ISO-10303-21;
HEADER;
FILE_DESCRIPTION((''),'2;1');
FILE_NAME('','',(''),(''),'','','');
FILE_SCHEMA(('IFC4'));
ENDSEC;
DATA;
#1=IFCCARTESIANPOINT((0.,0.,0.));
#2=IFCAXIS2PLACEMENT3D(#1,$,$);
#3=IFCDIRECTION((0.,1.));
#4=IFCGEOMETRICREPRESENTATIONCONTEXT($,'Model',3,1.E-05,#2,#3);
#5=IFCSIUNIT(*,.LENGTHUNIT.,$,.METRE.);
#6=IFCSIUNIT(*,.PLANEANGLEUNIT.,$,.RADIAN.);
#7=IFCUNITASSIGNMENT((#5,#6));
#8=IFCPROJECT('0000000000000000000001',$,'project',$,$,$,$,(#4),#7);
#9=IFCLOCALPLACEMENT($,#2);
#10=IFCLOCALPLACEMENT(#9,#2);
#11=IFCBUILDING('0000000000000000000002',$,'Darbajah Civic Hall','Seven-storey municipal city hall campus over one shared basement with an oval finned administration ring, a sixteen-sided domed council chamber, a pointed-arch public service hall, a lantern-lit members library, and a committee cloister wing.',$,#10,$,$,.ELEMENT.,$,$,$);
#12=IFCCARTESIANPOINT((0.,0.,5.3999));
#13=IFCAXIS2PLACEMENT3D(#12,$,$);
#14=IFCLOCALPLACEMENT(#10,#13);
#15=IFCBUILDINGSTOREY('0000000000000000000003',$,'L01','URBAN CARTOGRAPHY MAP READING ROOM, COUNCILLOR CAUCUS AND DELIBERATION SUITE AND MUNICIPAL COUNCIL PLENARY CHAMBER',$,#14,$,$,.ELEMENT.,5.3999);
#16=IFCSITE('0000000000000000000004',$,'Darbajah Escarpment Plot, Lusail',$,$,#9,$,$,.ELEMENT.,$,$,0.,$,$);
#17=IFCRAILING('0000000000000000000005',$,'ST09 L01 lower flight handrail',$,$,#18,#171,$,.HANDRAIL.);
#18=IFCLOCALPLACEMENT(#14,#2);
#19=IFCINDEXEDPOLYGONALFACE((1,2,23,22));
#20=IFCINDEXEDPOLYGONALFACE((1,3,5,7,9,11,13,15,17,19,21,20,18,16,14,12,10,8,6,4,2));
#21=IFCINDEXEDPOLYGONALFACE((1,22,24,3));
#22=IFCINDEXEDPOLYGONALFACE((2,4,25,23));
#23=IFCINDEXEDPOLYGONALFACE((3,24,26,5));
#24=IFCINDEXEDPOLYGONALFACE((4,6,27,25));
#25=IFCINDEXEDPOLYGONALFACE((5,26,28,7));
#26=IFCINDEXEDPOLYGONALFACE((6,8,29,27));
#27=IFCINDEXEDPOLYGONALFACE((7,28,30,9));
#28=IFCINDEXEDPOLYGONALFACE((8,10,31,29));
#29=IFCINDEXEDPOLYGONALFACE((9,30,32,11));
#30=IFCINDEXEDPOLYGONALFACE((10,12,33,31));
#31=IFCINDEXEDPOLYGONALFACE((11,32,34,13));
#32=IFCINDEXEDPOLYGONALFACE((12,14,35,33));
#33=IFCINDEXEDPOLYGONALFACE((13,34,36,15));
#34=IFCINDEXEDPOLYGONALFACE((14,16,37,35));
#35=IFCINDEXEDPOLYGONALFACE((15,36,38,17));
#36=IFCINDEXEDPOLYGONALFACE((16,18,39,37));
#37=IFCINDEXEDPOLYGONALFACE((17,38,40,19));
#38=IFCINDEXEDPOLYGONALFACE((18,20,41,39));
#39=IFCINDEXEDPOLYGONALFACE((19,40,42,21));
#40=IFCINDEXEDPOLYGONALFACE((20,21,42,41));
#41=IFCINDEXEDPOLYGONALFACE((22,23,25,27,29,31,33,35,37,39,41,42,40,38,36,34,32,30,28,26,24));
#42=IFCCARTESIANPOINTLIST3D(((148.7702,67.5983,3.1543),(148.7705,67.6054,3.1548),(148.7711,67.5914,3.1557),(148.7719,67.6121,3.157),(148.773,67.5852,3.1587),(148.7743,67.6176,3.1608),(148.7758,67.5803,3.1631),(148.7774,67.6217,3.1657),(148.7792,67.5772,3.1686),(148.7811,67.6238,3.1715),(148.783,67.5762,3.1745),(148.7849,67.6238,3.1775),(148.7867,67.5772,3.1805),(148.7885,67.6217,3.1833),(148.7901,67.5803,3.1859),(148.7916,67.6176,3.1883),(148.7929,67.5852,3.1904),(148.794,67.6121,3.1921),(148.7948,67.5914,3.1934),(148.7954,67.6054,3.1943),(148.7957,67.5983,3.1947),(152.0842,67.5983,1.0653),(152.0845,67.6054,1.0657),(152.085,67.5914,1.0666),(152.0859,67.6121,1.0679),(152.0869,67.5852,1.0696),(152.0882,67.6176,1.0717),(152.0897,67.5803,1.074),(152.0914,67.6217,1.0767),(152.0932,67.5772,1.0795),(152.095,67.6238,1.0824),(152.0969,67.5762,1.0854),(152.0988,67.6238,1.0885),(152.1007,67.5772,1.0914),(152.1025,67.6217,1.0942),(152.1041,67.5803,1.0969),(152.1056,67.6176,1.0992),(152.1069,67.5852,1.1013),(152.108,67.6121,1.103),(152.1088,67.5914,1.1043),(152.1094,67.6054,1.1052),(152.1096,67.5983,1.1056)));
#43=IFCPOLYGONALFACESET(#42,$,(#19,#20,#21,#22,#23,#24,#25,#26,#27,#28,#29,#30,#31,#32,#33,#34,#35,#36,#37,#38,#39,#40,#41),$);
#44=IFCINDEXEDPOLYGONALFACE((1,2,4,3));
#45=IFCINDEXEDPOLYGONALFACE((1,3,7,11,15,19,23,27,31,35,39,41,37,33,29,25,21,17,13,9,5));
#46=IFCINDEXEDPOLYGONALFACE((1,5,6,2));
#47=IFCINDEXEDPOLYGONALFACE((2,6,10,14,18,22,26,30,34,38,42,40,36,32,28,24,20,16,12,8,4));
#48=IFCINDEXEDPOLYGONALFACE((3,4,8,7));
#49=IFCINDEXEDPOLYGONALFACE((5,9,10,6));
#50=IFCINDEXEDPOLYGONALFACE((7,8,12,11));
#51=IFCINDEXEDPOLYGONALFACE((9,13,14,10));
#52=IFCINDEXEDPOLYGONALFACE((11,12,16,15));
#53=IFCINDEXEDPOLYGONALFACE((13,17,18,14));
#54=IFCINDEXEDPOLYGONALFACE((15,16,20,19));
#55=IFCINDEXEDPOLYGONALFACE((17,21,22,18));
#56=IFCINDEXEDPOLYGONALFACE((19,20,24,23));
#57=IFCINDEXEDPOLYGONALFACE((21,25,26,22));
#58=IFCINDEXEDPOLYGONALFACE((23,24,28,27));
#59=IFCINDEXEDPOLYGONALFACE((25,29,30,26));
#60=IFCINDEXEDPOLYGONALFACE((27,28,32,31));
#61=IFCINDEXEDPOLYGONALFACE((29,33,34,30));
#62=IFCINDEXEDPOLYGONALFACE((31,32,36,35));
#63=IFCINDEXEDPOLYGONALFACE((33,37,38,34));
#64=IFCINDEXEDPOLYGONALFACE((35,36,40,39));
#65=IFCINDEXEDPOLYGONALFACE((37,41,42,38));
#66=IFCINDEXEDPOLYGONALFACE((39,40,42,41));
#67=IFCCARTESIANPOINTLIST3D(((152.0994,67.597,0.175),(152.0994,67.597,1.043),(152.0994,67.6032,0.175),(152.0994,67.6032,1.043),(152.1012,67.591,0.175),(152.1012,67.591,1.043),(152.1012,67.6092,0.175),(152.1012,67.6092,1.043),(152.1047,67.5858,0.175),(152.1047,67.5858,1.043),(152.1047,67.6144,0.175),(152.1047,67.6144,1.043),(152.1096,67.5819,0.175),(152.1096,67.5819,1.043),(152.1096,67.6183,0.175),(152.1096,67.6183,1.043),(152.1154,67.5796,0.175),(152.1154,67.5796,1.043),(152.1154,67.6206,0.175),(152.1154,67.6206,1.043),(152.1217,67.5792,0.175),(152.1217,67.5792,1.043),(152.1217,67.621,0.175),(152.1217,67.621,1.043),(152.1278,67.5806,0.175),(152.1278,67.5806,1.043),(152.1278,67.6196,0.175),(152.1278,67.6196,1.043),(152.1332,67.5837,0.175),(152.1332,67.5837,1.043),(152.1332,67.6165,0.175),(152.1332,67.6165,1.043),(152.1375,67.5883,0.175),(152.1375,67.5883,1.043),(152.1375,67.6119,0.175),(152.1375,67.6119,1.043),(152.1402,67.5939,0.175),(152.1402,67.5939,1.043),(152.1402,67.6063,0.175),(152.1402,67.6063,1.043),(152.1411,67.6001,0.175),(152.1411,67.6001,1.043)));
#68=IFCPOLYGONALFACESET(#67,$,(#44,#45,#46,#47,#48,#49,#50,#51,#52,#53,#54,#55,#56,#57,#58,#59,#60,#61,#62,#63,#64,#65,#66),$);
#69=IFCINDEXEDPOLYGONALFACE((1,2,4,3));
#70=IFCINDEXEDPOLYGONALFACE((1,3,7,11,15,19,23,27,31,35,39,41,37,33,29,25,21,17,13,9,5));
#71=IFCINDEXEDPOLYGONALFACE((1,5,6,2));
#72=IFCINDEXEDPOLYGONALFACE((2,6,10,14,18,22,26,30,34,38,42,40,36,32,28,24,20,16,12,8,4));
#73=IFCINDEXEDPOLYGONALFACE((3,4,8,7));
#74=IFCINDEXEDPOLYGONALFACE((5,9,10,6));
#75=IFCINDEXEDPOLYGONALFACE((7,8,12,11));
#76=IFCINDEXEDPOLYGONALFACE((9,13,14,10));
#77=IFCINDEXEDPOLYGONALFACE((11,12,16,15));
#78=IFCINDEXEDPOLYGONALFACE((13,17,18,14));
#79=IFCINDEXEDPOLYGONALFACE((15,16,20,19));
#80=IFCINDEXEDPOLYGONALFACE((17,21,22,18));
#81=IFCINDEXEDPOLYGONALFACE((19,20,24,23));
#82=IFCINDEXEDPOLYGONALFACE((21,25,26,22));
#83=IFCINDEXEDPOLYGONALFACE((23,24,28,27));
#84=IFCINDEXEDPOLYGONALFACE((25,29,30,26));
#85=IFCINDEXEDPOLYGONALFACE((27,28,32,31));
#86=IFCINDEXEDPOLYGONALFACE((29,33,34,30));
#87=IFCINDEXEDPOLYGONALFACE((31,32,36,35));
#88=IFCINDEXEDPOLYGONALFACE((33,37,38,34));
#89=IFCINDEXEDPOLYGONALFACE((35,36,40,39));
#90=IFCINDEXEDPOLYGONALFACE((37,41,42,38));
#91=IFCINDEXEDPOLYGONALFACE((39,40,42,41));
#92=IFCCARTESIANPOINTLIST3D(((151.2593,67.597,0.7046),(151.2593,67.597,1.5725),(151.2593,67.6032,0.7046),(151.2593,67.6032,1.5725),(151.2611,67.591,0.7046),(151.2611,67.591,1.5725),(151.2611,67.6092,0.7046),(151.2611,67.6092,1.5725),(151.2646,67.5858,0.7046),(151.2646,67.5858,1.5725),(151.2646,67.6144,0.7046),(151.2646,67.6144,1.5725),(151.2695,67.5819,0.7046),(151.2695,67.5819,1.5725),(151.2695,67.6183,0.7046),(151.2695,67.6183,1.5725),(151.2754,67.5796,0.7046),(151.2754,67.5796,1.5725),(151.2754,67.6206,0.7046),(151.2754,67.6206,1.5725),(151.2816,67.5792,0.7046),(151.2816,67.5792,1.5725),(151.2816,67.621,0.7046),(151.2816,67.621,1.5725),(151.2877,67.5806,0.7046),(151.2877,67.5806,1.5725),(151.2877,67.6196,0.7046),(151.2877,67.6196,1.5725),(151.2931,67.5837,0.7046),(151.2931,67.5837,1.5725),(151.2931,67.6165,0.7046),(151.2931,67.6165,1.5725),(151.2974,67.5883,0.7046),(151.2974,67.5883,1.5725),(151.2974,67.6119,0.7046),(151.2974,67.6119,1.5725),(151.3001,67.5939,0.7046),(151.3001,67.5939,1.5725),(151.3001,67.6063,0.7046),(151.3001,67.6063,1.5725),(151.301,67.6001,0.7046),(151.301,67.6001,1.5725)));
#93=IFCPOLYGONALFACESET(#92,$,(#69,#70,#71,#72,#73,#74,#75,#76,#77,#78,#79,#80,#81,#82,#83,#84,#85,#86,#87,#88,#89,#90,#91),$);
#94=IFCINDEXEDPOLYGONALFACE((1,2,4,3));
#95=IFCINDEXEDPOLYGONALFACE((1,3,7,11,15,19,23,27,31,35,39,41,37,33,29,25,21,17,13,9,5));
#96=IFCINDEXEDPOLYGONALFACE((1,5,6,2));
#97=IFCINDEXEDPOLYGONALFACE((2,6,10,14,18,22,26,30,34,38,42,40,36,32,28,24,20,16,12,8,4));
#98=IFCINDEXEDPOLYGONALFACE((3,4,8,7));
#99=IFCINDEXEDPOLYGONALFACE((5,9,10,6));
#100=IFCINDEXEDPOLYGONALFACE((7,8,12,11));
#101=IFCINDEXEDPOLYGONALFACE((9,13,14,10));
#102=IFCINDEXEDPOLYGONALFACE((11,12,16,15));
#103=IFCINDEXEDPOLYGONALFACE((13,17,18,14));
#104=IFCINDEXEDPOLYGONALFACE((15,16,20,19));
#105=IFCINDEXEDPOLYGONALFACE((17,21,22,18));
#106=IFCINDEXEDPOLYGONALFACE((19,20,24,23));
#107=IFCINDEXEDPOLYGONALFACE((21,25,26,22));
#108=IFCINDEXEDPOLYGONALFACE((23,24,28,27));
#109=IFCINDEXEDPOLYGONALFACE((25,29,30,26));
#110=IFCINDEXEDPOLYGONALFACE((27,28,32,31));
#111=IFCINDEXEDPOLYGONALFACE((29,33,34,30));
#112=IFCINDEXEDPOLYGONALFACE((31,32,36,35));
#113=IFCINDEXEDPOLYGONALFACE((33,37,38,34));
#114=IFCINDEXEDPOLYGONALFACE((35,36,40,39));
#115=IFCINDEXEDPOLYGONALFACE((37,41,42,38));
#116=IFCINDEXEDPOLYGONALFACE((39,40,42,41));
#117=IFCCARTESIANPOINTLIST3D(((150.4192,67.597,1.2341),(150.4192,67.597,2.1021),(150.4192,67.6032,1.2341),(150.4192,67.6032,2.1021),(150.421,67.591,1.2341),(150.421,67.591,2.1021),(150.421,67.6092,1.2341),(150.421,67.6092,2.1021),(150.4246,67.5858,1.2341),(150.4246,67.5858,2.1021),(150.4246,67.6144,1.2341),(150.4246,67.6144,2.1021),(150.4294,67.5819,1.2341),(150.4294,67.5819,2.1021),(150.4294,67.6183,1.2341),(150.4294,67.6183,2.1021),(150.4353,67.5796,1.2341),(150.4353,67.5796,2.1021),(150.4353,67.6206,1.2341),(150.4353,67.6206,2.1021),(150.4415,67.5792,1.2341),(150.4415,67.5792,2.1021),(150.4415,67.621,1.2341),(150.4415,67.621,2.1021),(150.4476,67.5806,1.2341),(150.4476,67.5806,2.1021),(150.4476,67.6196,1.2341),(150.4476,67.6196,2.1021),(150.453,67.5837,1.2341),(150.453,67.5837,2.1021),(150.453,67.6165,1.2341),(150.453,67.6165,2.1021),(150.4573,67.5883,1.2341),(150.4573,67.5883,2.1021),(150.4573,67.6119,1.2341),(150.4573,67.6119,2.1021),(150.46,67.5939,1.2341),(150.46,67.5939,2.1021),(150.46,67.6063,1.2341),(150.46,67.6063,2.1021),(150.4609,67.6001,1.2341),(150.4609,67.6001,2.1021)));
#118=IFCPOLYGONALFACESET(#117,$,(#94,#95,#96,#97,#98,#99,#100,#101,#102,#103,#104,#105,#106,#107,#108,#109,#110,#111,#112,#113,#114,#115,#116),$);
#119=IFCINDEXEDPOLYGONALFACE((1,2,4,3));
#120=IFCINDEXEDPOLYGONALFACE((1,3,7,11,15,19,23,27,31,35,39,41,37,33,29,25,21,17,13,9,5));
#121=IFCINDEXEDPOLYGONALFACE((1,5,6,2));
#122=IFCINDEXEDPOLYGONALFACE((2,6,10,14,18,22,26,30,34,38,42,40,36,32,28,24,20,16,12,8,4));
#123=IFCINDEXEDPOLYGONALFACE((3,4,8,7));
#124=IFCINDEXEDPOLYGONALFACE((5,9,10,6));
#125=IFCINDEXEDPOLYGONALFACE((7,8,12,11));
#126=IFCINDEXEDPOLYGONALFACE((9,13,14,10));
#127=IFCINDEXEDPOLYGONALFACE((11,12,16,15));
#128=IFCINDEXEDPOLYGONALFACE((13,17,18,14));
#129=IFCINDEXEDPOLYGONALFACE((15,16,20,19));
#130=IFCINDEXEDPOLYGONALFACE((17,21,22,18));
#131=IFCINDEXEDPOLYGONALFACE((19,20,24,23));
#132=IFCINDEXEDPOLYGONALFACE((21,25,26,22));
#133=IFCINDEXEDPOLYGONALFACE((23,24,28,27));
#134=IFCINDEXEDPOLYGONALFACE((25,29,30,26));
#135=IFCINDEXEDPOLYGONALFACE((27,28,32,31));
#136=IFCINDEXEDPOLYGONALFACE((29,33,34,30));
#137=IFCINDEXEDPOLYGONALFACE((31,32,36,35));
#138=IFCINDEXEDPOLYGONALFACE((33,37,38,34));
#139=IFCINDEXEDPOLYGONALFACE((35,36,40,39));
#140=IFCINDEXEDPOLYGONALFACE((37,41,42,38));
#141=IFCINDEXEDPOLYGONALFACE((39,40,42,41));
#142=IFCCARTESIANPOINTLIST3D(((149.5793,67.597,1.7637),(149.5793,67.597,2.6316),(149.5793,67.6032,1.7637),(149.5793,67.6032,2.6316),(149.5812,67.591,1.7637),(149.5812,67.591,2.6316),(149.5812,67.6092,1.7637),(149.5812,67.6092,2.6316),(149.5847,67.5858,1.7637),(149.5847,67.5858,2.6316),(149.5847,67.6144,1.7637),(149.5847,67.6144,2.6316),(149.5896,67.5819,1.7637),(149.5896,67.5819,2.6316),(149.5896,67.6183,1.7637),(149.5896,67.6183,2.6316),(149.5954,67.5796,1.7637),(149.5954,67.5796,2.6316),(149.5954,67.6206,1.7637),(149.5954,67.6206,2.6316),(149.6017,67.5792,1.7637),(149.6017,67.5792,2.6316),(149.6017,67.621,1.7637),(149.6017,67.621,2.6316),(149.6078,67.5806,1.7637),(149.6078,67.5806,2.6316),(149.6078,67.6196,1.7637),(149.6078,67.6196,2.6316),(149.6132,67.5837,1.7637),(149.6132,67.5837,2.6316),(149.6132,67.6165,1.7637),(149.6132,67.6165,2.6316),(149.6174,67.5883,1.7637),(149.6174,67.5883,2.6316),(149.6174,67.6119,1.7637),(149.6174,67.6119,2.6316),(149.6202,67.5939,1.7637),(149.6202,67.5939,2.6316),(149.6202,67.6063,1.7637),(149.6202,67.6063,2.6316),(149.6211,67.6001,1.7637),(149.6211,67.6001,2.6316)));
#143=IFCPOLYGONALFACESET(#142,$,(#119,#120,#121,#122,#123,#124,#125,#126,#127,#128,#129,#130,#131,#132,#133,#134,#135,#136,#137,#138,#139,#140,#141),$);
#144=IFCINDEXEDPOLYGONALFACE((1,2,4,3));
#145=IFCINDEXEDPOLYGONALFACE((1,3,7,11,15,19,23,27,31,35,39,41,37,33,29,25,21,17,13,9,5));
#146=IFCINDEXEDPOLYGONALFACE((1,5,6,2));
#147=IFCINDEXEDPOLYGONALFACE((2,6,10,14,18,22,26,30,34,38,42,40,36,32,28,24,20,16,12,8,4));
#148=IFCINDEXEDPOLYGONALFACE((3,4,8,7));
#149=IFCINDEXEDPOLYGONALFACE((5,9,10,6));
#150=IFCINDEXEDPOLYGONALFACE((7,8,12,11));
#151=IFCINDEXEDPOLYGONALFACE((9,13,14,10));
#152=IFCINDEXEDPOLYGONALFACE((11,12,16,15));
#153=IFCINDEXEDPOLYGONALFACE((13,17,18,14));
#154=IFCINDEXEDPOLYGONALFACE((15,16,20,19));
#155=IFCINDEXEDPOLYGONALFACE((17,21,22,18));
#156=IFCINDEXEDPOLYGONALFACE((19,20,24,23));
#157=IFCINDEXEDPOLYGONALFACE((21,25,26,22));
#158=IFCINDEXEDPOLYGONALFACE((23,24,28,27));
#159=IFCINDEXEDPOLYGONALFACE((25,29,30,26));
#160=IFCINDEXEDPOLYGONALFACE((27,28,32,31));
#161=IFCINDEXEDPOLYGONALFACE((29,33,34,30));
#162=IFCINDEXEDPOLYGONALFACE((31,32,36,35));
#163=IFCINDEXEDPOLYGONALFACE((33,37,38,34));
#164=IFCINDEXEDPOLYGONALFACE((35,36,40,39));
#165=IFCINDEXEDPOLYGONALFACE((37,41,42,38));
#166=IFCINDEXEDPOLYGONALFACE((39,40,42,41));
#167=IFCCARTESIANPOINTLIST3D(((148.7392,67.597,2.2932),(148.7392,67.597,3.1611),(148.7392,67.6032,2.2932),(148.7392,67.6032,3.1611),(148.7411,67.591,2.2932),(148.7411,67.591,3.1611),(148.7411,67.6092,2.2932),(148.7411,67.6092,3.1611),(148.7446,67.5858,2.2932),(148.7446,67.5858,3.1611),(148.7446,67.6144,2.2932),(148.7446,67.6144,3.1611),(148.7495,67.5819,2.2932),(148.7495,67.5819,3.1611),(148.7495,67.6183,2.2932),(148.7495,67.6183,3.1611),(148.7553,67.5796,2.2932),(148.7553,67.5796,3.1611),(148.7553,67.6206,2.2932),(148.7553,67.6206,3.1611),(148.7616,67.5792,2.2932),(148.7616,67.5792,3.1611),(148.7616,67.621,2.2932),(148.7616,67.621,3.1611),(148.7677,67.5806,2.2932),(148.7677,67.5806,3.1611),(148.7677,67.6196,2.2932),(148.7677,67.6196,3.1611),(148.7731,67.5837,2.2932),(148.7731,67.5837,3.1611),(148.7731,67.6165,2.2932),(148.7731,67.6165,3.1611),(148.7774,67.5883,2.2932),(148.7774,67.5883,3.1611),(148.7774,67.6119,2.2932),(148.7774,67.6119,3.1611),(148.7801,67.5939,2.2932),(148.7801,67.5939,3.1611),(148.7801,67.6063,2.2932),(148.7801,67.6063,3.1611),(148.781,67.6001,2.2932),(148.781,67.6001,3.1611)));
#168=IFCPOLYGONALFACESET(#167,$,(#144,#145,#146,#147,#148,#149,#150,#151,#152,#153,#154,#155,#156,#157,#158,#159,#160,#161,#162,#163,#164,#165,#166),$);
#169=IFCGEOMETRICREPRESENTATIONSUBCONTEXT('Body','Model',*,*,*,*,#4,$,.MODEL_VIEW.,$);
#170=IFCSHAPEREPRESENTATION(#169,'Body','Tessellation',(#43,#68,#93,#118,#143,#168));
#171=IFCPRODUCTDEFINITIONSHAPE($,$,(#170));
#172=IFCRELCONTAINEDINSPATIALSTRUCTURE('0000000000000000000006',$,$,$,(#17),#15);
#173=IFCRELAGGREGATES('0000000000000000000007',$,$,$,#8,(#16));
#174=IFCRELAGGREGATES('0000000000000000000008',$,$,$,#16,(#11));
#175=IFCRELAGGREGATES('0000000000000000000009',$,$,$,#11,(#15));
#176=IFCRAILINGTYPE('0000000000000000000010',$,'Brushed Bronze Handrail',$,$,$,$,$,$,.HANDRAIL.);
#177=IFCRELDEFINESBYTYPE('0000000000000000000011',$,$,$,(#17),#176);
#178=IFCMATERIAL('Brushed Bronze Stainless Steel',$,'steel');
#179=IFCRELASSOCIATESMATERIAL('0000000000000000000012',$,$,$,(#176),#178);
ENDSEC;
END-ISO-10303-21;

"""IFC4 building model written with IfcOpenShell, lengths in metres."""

from ifc_helpers import new_model, si_unit, direction, frame, origin, origin_2d, place, context, subcontext, project, spatial, circle, extrude, material, type_object, element, save


model = new_model("IFC4")

# Units and contexts
model_context = context("Model", 3, precision=1e-05, world=origin(), true_north=direction((0.0, 1.0)))
body_context = subcontext(model_context, "Body", "Model", "MODEL_VIEW")
ifc_project = project(units=[si_unit("LENGTHUNIT", "METRE"), si_unit("PLANEANGLEUNIT", "RADIAN")], contexts=[model_context])

# Site, building, storey
site_placement = place(None, origin())
site = spatial("IfcSite", under=ifc_project, at=site_placement, Name="Darbajah Escarpment Plot, Lusail", CompositionType="ELEMENT", RefElevation=0.0)
building_placement = place(site_placement, origin())
building = spatial("IfcBuilding", under=site, at=building_placement, Name="Darbajah Civic Hall", Description="Seven-storey municipal city hall campus over one shared basement with an oval finned administration ring, a sixteen-sided domed council chamber, a pointed-arch public service hall, a lantern-lit members library, and a committee cloister wing.", CompositionType="ELEMENT")
storey_placement = place(building_placement, frame((0.0, 0.0, 5.3999)))
storey = spatial("IfcBuildingStorey", under=building, at=storey_placement, Name="L01", Description="URBAN CARTOGRAPHY MAP READING ROOM, COUNCILLOR CAUCUS AND DELIBERATION SUITE AND MUNICIPAL COUNCIL PLENARY CHAMBER", CompositionType="ELEMENT", Elevation=5.3999)

# Railing
ifc_material_1 = material(Name="Brushed Bronze Stainless Steel", Category="steel")
railing_type_1 = type_object("IfcRailingType", Name="Brushed Bronze Handrail", PredefinedType="HANDRAIL", material=ifc_material_1)
railing_1_placement = place(storey_placement, frame((152.1201, 67.6001, 0.175)))
element("IfcRailing", 1, at=railing_1_placement, inside=storey, type_object=railing_type_1, Name="ST09 L01 lower flight handrail", PredefinedType="HANDRAIL", context=body_context, shape_type="SweptSolid", body=[
    extrude(circle(Radius=0.0239, at=origin_2d()), frame((-0.0232, 0.0, 0.9104), z_axis=(-0.845944, 0.0, 0.533271), x_axis=(0.0, -1.0, 0.0)), (0.0, 0.0, 1.0), 3.9175),
    extrude(circle(Radius=0.021, at=origin_2d()), origin(), (0.0, 0.0, 1.0), 0.8679),
    extrude(circle(Radius=0.021, at=origin_2d()), frame((-0.8401, 0.0, 0.5295)), (0.0, 0.0, 1.0), 0.8679),
    extrude(circle(Radius=0.021, at=origin_2d()), frame((-1.6802, 0.0, 1.0591)), (0.0, 0.0, 1.0), 0.8679),
    extrude(circle(Radius=0.021, at=origin_2d()), frame((-2.52, 0.0, 1.5886)), (0.0, 0.0, 1.0), 0.8679),
    extrude(circle(Radius=0.021, at=origin_2d()), frame((-3.3601, 0.0, 2.1182)), (0.0, 0.0, 1.0), 0.8679),
])

save(model, "model.ifc")
